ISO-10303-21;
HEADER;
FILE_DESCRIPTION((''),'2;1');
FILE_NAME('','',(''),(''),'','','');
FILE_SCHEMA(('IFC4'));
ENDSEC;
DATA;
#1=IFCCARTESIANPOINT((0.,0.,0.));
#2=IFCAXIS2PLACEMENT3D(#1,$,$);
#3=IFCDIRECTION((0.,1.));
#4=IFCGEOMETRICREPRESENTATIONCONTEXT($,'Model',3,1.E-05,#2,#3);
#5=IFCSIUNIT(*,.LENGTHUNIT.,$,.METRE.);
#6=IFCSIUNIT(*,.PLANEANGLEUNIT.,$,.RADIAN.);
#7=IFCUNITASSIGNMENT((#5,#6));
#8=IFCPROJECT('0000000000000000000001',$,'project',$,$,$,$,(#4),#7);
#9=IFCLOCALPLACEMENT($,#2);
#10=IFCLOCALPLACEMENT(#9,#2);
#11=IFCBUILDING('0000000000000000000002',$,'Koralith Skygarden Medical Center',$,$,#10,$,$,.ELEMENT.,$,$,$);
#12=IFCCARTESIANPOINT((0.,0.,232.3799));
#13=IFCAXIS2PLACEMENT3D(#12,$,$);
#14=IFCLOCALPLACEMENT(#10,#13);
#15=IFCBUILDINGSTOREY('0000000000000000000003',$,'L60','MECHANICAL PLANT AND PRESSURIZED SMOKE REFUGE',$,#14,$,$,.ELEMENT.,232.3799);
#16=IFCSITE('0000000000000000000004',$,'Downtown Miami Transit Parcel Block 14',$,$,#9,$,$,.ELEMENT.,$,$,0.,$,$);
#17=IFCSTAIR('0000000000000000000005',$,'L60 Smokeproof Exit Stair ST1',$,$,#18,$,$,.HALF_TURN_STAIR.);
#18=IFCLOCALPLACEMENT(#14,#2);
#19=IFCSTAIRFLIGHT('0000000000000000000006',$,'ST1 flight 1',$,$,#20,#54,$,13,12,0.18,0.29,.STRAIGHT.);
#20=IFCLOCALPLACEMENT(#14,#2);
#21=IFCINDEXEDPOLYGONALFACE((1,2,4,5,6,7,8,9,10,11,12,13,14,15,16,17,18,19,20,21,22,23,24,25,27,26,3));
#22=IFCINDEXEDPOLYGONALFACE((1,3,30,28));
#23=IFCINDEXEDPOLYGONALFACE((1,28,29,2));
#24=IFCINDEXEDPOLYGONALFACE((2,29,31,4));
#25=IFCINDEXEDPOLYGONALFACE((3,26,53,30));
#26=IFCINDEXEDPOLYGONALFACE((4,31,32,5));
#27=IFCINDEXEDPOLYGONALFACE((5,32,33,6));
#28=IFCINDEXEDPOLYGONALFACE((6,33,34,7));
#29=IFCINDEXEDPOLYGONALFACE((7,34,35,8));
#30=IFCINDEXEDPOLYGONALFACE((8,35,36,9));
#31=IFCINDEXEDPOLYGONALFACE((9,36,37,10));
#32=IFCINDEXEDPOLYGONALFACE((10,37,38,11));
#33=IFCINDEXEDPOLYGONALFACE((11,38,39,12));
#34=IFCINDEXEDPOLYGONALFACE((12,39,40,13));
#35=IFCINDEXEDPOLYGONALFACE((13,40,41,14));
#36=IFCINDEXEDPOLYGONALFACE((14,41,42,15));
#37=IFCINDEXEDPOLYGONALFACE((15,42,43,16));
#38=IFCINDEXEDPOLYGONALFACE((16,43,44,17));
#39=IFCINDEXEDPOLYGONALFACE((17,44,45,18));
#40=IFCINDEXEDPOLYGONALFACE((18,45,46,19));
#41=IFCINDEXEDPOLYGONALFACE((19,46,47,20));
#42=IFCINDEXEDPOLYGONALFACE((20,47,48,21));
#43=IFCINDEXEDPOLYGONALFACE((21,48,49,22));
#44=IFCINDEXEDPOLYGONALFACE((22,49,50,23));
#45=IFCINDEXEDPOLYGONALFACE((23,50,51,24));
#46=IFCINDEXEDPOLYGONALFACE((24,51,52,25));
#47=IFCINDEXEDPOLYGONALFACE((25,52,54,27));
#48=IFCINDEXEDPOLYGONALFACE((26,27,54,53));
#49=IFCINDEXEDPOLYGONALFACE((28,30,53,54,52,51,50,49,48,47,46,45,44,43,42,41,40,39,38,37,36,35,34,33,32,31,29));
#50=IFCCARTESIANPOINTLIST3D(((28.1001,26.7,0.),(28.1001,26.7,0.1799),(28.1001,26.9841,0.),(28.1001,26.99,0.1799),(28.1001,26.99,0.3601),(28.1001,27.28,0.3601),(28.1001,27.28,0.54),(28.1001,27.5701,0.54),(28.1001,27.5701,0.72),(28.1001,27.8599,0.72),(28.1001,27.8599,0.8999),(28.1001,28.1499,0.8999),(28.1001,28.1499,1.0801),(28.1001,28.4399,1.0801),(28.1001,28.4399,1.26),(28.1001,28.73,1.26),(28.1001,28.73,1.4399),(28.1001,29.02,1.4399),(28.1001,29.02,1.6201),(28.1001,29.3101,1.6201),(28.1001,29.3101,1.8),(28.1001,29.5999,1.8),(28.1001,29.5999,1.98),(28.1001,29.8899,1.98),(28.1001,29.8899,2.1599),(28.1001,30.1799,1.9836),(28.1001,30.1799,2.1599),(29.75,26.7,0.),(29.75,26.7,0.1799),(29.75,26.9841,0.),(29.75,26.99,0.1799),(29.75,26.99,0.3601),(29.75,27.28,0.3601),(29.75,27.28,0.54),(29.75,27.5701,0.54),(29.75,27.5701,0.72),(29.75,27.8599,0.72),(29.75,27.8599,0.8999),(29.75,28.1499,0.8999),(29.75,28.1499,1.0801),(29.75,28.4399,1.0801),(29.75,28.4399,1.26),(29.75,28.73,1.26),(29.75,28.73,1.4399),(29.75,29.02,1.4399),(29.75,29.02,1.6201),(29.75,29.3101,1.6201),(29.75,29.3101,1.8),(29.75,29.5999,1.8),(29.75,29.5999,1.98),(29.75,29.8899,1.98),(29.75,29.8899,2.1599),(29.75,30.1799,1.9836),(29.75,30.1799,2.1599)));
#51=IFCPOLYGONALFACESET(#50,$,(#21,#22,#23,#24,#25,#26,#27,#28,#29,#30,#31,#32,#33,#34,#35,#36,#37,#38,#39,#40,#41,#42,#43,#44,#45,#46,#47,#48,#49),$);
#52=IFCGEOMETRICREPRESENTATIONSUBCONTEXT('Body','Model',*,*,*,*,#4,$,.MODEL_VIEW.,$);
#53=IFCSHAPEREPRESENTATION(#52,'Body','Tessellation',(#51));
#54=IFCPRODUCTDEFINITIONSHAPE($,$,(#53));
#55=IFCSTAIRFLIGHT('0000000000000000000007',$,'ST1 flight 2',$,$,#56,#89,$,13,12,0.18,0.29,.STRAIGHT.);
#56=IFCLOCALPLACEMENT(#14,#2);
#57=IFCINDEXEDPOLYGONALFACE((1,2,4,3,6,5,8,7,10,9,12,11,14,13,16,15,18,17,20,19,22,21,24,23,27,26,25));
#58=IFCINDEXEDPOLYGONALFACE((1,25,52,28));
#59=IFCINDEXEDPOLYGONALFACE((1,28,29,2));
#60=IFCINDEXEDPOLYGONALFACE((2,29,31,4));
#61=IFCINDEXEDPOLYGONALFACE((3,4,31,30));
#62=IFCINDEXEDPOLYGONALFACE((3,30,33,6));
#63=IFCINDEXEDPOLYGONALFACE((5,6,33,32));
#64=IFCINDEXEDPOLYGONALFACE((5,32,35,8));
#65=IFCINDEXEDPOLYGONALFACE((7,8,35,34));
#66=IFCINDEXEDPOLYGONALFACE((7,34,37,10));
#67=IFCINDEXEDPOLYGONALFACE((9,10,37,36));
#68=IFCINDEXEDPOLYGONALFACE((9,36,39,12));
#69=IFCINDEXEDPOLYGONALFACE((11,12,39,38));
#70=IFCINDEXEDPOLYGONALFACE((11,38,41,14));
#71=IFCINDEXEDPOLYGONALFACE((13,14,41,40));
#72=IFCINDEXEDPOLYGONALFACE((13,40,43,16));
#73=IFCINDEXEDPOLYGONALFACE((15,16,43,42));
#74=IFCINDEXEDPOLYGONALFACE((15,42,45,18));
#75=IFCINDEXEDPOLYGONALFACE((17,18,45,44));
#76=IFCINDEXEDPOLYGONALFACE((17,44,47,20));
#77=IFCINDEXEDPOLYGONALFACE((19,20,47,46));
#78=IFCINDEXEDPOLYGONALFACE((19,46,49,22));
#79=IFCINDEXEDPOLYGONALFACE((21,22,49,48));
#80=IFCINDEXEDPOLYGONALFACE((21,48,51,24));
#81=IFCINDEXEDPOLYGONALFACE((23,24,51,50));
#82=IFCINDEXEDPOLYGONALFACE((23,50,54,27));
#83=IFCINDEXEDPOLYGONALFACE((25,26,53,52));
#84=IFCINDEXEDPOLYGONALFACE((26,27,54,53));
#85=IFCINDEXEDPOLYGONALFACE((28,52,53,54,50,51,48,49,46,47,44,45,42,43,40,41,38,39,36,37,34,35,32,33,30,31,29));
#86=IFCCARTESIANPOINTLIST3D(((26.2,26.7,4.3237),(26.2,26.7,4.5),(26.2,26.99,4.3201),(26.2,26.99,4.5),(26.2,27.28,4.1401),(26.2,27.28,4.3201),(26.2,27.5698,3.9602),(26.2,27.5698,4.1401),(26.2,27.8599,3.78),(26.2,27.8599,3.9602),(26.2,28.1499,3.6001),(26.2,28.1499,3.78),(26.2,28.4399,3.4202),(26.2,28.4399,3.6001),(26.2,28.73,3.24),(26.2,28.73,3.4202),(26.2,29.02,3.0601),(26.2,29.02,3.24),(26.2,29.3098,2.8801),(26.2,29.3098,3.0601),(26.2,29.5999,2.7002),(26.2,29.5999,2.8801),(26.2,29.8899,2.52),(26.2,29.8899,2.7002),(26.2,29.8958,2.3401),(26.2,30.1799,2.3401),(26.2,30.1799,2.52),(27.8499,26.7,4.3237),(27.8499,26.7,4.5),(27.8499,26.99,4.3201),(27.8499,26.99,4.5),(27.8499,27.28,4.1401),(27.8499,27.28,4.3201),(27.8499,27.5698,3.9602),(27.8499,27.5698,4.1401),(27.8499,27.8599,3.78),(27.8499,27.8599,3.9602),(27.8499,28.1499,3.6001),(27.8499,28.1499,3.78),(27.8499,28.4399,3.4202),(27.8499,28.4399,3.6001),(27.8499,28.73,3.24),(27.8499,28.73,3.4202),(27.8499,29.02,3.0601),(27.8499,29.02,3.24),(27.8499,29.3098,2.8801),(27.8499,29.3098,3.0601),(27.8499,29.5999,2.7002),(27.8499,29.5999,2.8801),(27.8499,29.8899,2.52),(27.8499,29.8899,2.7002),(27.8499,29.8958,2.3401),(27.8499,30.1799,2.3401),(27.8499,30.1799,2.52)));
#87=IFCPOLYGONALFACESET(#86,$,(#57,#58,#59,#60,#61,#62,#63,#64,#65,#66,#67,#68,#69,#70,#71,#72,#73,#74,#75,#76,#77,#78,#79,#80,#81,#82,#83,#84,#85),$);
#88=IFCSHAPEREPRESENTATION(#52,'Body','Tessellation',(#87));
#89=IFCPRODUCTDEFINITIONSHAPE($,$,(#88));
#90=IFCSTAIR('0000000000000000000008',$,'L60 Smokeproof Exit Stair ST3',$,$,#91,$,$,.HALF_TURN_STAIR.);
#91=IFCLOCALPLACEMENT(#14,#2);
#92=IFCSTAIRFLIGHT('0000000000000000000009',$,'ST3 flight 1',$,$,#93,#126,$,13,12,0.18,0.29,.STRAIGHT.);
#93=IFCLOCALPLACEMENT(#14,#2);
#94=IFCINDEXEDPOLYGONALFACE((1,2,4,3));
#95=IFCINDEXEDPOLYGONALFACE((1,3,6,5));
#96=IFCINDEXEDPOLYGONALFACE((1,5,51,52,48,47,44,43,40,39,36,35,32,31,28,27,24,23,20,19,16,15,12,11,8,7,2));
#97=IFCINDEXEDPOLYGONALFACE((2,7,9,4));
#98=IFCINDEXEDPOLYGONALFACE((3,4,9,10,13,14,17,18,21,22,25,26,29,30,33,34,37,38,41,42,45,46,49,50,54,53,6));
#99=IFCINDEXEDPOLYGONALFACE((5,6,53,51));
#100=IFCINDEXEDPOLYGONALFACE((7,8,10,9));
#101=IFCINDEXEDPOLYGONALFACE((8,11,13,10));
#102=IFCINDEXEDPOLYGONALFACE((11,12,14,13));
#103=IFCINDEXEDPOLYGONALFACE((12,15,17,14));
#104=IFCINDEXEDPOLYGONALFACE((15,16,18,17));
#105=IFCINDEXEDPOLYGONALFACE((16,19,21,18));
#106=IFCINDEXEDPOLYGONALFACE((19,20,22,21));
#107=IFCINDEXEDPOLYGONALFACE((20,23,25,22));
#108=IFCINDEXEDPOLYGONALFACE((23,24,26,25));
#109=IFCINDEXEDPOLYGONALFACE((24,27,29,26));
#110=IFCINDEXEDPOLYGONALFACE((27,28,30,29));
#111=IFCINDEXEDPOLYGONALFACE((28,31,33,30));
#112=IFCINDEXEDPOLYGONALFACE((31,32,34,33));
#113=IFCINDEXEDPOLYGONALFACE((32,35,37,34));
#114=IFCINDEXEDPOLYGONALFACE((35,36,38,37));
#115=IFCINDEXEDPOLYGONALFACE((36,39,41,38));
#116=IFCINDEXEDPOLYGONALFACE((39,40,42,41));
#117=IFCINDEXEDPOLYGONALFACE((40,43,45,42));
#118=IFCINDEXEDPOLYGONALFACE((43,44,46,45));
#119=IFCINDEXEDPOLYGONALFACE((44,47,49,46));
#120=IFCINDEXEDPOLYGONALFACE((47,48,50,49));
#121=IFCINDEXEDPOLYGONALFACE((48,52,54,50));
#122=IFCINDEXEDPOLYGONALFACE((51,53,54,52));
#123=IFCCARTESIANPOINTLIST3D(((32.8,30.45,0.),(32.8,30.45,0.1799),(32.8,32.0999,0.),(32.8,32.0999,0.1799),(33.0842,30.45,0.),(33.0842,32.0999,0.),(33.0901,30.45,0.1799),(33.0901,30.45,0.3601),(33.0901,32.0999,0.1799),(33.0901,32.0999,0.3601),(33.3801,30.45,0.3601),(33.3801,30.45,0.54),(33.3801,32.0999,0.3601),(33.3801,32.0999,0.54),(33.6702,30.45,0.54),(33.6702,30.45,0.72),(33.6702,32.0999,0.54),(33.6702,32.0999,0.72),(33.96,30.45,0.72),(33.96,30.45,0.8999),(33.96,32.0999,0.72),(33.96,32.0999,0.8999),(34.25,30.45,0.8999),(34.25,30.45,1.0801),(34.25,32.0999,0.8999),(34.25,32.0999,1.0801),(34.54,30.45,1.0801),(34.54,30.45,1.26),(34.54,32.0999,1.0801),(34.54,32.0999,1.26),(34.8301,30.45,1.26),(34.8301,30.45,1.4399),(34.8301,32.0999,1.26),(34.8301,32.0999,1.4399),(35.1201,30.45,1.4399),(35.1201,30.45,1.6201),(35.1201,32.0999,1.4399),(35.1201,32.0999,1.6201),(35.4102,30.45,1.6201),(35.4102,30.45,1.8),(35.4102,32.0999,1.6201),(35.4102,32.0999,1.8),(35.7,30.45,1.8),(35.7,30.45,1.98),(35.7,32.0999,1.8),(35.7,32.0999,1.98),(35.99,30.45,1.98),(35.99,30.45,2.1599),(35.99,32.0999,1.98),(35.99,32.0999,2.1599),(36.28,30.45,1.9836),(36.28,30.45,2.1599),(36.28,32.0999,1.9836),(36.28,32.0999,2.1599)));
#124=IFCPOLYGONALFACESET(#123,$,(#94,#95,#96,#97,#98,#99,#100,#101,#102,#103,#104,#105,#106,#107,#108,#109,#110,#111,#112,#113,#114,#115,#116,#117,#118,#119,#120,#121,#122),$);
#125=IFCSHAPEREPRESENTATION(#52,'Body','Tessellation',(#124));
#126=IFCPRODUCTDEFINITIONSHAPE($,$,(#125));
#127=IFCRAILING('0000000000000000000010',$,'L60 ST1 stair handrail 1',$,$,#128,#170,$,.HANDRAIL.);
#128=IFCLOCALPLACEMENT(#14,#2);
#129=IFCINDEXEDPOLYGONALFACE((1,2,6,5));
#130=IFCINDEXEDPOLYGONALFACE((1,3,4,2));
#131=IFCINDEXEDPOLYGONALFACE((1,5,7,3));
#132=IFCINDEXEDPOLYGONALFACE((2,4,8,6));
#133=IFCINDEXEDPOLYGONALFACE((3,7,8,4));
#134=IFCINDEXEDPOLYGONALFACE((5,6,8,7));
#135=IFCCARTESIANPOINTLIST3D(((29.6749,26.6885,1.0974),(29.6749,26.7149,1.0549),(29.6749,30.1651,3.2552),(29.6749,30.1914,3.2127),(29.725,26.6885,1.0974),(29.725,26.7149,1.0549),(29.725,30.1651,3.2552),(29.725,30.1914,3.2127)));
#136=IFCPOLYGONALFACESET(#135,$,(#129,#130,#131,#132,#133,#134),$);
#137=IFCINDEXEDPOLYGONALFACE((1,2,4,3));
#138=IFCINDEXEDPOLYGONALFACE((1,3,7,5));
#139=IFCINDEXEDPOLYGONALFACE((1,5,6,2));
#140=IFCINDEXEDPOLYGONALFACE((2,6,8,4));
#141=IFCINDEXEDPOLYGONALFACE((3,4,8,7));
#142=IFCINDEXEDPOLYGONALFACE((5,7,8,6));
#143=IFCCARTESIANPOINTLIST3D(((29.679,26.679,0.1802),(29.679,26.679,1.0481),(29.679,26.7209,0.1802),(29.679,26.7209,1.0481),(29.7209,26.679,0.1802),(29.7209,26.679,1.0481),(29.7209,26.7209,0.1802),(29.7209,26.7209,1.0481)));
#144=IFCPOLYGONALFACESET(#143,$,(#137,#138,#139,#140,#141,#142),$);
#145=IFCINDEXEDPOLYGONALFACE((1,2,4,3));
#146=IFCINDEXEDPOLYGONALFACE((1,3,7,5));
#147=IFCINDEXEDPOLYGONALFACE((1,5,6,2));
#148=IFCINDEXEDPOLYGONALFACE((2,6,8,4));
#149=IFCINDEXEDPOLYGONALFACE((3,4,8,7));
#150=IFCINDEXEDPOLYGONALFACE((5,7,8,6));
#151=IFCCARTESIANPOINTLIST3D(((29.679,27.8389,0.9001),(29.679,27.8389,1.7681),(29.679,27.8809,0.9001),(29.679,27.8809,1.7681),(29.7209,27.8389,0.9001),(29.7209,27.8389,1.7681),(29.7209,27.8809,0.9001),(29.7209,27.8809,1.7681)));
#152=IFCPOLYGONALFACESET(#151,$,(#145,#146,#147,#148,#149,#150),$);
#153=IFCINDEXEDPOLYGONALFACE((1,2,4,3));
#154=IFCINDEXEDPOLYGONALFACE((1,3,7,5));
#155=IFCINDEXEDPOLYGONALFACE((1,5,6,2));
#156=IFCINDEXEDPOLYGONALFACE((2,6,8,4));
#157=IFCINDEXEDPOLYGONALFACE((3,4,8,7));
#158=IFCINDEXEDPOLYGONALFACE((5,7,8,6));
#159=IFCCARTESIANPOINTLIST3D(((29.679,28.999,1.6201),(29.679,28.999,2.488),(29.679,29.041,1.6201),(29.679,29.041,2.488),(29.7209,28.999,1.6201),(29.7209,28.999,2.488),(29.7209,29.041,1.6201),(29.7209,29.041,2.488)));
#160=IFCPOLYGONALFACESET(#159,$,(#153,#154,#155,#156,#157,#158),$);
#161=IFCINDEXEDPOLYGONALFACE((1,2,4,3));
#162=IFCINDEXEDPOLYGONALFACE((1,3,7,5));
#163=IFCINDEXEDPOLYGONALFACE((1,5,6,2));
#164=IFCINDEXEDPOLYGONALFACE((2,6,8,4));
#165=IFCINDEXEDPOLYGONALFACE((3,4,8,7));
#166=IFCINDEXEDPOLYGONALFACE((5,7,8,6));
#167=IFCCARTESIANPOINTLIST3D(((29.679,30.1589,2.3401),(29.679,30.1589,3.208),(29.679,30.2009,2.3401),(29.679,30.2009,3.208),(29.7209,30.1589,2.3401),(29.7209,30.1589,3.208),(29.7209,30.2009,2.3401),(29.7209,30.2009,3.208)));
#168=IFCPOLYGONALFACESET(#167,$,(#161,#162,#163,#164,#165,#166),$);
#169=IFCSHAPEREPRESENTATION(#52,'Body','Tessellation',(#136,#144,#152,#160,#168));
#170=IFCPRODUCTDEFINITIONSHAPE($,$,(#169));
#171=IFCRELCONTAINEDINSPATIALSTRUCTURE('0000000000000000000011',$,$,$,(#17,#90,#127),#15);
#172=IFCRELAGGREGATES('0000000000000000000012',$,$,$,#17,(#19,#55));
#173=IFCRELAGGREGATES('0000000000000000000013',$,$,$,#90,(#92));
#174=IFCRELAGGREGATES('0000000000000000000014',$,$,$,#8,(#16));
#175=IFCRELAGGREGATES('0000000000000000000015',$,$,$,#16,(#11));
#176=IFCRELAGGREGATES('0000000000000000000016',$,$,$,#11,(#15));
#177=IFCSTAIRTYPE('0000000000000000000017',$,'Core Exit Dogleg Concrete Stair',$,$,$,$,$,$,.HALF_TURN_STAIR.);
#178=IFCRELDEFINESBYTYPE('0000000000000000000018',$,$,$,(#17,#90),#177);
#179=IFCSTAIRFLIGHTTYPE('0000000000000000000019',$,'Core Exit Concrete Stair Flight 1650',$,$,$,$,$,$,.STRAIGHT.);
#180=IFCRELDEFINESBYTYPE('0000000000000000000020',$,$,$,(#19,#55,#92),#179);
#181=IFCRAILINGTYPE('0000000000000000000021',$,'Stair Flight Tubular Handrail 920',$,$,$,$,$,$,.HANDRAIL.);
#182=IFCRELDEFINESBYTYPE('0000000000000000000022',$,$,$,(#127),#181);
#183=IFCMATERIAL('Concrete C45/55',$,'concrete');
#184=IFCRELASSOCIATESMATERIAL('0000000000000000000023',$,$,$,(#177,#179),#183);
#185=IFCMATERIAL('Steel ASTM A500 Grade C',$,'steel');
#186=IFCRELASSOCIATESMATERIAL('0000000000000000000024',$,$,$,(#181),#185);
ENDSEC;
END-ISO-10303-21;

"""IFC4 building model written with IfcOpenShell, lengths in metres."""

from ifc_helpers import new_model, si_unit, direction, frame, origin, origin_2d, place, context, subcontext, project, spatial, polyline, rectangle, outline, extrude, material, type_object, element, aggregate, save


model = new_model("IFC4")

# Units and contexts
model_context = context("Model", 3, precision=1e-05, world=origin(), true_north=direction((0.0, 1.0)))
body_context = subcontext(model_context, "Body", "Model", "MODEL_VIEW")
ifc_project = project(units=[si_unit("LENGTHUNIT", "METRE"), si_unit("PLANEANGLEUNIT", "RADIAN")], contexts=[model_context])

# Site, building, storey
site_placement = place(None, origin())
site = spatial("IfcSite", under=ifc_project, at=site_placement, Name="Downtown Miami Transit Parcel Block 14", CompositionType="ELEMENT", RefElevation=0.0)
building_placement = place(site_placement, origin())
building = spatial("IfcBuilding", under=site, at=building_placement, Name="Koralith Skygarden Medical Center", CompositionType="ELEMENT")
storey_placement = place(building_placement, frame((0.0, 0.0, 232.3799)))
storey = spatial("IfcBuildingStorey", under=building, at=storey_placement, Name="L60", Description="MECHANICAL PLANT AND PRESSURIZED SMOKE REFUGE", CompositionType="ELEMENT", Elevation=232.3799)

# Shared definitions
ifc_material_1 = material(Name="Steel ASTM A500 Grade C", Category="steel")

# Shared definitions
ifc_material_2 = material(Name="Concrete C45/55", Category="concrete")

# Stair, stair flights
stair_type = type_object("IfcStairType", Name="Core Exit Dogleg Concrete Stair", PredefinedType="HALF_TURN_STAIR", material=ifc_material_2)
stair_1_placement = place(storey_placement, origin())
stair_1 = element("IfcStair", 1, at=stair_1_placement, inside=storey, type_object=stair_type, Name="L60 Smokeproof Exit Stair ST1", PredefinedType="HALF_TURN_STAIR")
stair_flight_type = type_object("IfcStairFlightType", Name="Core Exit Concrete Stair Flight 1650", PredefinedType="STRAIGHT", material=ifc_material_2)
stair_flight_1_placement = place(storey_placement, frame((28.925, 26.7, 0.0), z_axis=(0.0, 0.0, 1.0), x_axis=(0.0, 1.0, 0.0)))
stair_flight_1 = element("IfcStairFlight", 2, at=stair_flight_1_placement, type_object=stair_flight_type, Name="ST1 flight 1", NumberOfRisers=13, NumberOfTreads=12, PredefinedType="STRAIGHT", RiserHeight=0.18, TreadLength=0.29, context=body_context, shape_type="SweptSolid", body=[
    extrude(outline(polyline([(0.0, 0.0), (0.0, 0.1799), (0.29, 0.1799), (0.29, 0.3601), (0.5801, 0.3601), (0.5801, 0.54), (0.8701, 0.54), (0.8701, 0.72), (1.1599, 0.72), (1.1599, 0.8999), (1.45, 0.8999), (1.45, 1.0801), (1.74, 1.0801), (1.74, 1.26), (2.03, 1.26), (2.03, 1.4399), (2.3201, 1.4399), (2.3201, 1.6201), (2.6101, 1.6201), (2.6101, 1.8), (2.8999, 1.8), (2.8999, 1.98), (3.1899, 1.98), (3.1899, 2.1599), (3.48, 2.1599), (3.48, 2.3401), (3.48, 1.9836), (0.2842, 0.0), (0.0, 0.0)])), frame((0.0, 0.825, 0.0), z_axis=(0.0, -1.0, 0.0), x_axis=(1.0, 0.0, 0.0)), (0.0, 0.0, 1.0), 1.6499),
])
stair_flight_2_placement = place(storey_placement, frame((27.0249, 30.1799, 2.3401), z_axis=(0.0, 0.0, 1.0), x_axis=(0.0, -1.0, 0.0)))
stair_flight_2 = element("IfcStairFlight", 3, at=stair_flight_2_placement, type_object=stair_flight_type, Name="ST1 flight 2", NumberOfRisers=13, NumberOfTreads=12, PredefinedType="STRAIGHT", RiserHeight=0.18, TreadLength=0.29, context=body_context, shape_type="SweptSolid", body=[
    extrude(outline(polyline([(0.0, 0.0), (0.0, 0.1799), (0.29, 0.1799), (0.29, 0.3601), (0.5801, 0.3601), (0.5801, 0.54), (0.8701, 0.54), (0.8701, 0.72), (1.1599, 0.72), (1.1599, 0.8999), (1.45, 0.8999), (1.45, 1.0801), (1.74, 1.0801), (1.74, 1.26), (2.03, 1.26), (2.03, 1.4399), (2.3201, 1.4399), (2.3201, 1.6201), (2.6101, 1.6201), (2.6101, 1.8), (2.8999, 1.8), (2.8999, 1.98), (3.1899, 1.98), (3.1899, 2.1599), (3.48, 2.1599), (3.48, 2.3401), (3.48, 1.9836), (0.2842, 0.0), (0.0, 0.0)])), frame((0.0, 0.825, 0.0), z_axis=(0.0, -1.0, 0.0), x_axis=(1.0, 0.0, 0.0)), (0.0, 0.0, 1.0), 1.6499),
])
aggregate(stair_1, [stair_flight_1, stair_flight_2])

# Stair, stair flight
stair_2_placement = place(storey_placement, origin())
stair_2 = element("IfcStair", 4, at=stair_2_placement, inside=storey, type_object=stair_type, Name="L60 Smokeproof Exit Stair ST3", PredefinedType="HALF_TURN_STAIR")
stair_flight_3_placement = place(storey_placement, frame((32.8, 31.2749, 0.0), z_axis=(0.0, 0.0, 1.0), x_axis=(1.0, 0.0, 0.0)))
stair_flight_3 = element("IfcStairFlight", 5, at=stair_flight_3_placement, type_object=stair_flight_type, Name="ST3 flight 1", NumberOfRisers=13, NumberOfTreads=12, PredefinedType="STRAIGHT", RiserHeight=0.18, TreadLength=0.29, context=body_context, shape_type="SweptSolid", body=[
    extrude(outline(polyline([(0.0, 0.0), (0.0, 0.1799), (0.29, 0.1799), (0.29, 0.3601), (0.5801, 0.3601), (0.5801, 0.54), (0.8701, 0.54), (0.8701, 0.72), (1.1599, 0.72), (1.1599, 0.8999), (1.45, 0.8999), (1.45, 1.0801), (1.74, 1.0801), (1.74, 1.26), (2.03, 1.26), (2.03, 1.4399), (2.3201, 1.4399), (2.3201, 1.6201), (2.6101, 1.6201), (2.6101, 1.8), (2.8999, 1.8), (2.8999, 1.98), (3.1899, 1.98), (3.1899, 2.1599), (3.48, 2.1599), (3.48, 2.3401), (3.48, 1.9836), (0.2842, 0.0), (0.0, 0.0)])), frame((0.0, 0.825, 0.0), z_axis=(0.0, -1.0, 0.0), x_axis=(1.0, 0.0, 0.0)), (0.0, 0.0, 1.0), 1.6499),
])
aggregate(stair_2, [stair_flight_3])

# Railing
railing_type_1 = type_object("IfcRailingType", Name="Stair Flight Tubular Handrail 920", PredefinedType="HANDRAIL", material=ifc_material_1)
railing_1_placement = place(storey_placement, frame((29.7, 26.7, 0.1802)))
element("IfcRailing", 6, at=railing_1_placement, inside=storey, type_object=railing_type_1, Name="L60 ST1 stair handrail 1", PredefinedType="HANDRAIL", context=body_context, shape_type="SweptSolid", body=[
    extrude(rectangle(XDim=0.05, YDim=0.05, at=origin_2d()), frame((0.0, 0.0017, 0.896), z_axis=(0.0, 0.849648, 0.52735), x_axis=(-1.0, 0.0, 0.0)), (0.0, 0.0, 1.0), 4.0918),
    extrude(rectangle(XDim=0.042, YDim=0.042, at=origin_2d()), origin(), (0.0, 0.0, 1.0), 0.8679),
    extrude(rectangle(XDim=0.042, YDim=0.042, at=origin_2d()), frame((0.0, 1.1599, 0.72)), (0.0, 0.0, 1.0), 0.8679),
    extrude(rectangle(XDim=0.042, YDim=0.042, at=origin_2d()), frame((0.0, 2.3201, 1.4399)), (0.0, 0.0, 1.0), 0.8679),
    extrude(rectangle(XDim=0.042, YDim=0.042, at=origin_2d()), frame((0.0, 3.48, 2.1599)), (0.0, 0.0, 1.0), 0.8679),
])

save(model, "model.ifc")
